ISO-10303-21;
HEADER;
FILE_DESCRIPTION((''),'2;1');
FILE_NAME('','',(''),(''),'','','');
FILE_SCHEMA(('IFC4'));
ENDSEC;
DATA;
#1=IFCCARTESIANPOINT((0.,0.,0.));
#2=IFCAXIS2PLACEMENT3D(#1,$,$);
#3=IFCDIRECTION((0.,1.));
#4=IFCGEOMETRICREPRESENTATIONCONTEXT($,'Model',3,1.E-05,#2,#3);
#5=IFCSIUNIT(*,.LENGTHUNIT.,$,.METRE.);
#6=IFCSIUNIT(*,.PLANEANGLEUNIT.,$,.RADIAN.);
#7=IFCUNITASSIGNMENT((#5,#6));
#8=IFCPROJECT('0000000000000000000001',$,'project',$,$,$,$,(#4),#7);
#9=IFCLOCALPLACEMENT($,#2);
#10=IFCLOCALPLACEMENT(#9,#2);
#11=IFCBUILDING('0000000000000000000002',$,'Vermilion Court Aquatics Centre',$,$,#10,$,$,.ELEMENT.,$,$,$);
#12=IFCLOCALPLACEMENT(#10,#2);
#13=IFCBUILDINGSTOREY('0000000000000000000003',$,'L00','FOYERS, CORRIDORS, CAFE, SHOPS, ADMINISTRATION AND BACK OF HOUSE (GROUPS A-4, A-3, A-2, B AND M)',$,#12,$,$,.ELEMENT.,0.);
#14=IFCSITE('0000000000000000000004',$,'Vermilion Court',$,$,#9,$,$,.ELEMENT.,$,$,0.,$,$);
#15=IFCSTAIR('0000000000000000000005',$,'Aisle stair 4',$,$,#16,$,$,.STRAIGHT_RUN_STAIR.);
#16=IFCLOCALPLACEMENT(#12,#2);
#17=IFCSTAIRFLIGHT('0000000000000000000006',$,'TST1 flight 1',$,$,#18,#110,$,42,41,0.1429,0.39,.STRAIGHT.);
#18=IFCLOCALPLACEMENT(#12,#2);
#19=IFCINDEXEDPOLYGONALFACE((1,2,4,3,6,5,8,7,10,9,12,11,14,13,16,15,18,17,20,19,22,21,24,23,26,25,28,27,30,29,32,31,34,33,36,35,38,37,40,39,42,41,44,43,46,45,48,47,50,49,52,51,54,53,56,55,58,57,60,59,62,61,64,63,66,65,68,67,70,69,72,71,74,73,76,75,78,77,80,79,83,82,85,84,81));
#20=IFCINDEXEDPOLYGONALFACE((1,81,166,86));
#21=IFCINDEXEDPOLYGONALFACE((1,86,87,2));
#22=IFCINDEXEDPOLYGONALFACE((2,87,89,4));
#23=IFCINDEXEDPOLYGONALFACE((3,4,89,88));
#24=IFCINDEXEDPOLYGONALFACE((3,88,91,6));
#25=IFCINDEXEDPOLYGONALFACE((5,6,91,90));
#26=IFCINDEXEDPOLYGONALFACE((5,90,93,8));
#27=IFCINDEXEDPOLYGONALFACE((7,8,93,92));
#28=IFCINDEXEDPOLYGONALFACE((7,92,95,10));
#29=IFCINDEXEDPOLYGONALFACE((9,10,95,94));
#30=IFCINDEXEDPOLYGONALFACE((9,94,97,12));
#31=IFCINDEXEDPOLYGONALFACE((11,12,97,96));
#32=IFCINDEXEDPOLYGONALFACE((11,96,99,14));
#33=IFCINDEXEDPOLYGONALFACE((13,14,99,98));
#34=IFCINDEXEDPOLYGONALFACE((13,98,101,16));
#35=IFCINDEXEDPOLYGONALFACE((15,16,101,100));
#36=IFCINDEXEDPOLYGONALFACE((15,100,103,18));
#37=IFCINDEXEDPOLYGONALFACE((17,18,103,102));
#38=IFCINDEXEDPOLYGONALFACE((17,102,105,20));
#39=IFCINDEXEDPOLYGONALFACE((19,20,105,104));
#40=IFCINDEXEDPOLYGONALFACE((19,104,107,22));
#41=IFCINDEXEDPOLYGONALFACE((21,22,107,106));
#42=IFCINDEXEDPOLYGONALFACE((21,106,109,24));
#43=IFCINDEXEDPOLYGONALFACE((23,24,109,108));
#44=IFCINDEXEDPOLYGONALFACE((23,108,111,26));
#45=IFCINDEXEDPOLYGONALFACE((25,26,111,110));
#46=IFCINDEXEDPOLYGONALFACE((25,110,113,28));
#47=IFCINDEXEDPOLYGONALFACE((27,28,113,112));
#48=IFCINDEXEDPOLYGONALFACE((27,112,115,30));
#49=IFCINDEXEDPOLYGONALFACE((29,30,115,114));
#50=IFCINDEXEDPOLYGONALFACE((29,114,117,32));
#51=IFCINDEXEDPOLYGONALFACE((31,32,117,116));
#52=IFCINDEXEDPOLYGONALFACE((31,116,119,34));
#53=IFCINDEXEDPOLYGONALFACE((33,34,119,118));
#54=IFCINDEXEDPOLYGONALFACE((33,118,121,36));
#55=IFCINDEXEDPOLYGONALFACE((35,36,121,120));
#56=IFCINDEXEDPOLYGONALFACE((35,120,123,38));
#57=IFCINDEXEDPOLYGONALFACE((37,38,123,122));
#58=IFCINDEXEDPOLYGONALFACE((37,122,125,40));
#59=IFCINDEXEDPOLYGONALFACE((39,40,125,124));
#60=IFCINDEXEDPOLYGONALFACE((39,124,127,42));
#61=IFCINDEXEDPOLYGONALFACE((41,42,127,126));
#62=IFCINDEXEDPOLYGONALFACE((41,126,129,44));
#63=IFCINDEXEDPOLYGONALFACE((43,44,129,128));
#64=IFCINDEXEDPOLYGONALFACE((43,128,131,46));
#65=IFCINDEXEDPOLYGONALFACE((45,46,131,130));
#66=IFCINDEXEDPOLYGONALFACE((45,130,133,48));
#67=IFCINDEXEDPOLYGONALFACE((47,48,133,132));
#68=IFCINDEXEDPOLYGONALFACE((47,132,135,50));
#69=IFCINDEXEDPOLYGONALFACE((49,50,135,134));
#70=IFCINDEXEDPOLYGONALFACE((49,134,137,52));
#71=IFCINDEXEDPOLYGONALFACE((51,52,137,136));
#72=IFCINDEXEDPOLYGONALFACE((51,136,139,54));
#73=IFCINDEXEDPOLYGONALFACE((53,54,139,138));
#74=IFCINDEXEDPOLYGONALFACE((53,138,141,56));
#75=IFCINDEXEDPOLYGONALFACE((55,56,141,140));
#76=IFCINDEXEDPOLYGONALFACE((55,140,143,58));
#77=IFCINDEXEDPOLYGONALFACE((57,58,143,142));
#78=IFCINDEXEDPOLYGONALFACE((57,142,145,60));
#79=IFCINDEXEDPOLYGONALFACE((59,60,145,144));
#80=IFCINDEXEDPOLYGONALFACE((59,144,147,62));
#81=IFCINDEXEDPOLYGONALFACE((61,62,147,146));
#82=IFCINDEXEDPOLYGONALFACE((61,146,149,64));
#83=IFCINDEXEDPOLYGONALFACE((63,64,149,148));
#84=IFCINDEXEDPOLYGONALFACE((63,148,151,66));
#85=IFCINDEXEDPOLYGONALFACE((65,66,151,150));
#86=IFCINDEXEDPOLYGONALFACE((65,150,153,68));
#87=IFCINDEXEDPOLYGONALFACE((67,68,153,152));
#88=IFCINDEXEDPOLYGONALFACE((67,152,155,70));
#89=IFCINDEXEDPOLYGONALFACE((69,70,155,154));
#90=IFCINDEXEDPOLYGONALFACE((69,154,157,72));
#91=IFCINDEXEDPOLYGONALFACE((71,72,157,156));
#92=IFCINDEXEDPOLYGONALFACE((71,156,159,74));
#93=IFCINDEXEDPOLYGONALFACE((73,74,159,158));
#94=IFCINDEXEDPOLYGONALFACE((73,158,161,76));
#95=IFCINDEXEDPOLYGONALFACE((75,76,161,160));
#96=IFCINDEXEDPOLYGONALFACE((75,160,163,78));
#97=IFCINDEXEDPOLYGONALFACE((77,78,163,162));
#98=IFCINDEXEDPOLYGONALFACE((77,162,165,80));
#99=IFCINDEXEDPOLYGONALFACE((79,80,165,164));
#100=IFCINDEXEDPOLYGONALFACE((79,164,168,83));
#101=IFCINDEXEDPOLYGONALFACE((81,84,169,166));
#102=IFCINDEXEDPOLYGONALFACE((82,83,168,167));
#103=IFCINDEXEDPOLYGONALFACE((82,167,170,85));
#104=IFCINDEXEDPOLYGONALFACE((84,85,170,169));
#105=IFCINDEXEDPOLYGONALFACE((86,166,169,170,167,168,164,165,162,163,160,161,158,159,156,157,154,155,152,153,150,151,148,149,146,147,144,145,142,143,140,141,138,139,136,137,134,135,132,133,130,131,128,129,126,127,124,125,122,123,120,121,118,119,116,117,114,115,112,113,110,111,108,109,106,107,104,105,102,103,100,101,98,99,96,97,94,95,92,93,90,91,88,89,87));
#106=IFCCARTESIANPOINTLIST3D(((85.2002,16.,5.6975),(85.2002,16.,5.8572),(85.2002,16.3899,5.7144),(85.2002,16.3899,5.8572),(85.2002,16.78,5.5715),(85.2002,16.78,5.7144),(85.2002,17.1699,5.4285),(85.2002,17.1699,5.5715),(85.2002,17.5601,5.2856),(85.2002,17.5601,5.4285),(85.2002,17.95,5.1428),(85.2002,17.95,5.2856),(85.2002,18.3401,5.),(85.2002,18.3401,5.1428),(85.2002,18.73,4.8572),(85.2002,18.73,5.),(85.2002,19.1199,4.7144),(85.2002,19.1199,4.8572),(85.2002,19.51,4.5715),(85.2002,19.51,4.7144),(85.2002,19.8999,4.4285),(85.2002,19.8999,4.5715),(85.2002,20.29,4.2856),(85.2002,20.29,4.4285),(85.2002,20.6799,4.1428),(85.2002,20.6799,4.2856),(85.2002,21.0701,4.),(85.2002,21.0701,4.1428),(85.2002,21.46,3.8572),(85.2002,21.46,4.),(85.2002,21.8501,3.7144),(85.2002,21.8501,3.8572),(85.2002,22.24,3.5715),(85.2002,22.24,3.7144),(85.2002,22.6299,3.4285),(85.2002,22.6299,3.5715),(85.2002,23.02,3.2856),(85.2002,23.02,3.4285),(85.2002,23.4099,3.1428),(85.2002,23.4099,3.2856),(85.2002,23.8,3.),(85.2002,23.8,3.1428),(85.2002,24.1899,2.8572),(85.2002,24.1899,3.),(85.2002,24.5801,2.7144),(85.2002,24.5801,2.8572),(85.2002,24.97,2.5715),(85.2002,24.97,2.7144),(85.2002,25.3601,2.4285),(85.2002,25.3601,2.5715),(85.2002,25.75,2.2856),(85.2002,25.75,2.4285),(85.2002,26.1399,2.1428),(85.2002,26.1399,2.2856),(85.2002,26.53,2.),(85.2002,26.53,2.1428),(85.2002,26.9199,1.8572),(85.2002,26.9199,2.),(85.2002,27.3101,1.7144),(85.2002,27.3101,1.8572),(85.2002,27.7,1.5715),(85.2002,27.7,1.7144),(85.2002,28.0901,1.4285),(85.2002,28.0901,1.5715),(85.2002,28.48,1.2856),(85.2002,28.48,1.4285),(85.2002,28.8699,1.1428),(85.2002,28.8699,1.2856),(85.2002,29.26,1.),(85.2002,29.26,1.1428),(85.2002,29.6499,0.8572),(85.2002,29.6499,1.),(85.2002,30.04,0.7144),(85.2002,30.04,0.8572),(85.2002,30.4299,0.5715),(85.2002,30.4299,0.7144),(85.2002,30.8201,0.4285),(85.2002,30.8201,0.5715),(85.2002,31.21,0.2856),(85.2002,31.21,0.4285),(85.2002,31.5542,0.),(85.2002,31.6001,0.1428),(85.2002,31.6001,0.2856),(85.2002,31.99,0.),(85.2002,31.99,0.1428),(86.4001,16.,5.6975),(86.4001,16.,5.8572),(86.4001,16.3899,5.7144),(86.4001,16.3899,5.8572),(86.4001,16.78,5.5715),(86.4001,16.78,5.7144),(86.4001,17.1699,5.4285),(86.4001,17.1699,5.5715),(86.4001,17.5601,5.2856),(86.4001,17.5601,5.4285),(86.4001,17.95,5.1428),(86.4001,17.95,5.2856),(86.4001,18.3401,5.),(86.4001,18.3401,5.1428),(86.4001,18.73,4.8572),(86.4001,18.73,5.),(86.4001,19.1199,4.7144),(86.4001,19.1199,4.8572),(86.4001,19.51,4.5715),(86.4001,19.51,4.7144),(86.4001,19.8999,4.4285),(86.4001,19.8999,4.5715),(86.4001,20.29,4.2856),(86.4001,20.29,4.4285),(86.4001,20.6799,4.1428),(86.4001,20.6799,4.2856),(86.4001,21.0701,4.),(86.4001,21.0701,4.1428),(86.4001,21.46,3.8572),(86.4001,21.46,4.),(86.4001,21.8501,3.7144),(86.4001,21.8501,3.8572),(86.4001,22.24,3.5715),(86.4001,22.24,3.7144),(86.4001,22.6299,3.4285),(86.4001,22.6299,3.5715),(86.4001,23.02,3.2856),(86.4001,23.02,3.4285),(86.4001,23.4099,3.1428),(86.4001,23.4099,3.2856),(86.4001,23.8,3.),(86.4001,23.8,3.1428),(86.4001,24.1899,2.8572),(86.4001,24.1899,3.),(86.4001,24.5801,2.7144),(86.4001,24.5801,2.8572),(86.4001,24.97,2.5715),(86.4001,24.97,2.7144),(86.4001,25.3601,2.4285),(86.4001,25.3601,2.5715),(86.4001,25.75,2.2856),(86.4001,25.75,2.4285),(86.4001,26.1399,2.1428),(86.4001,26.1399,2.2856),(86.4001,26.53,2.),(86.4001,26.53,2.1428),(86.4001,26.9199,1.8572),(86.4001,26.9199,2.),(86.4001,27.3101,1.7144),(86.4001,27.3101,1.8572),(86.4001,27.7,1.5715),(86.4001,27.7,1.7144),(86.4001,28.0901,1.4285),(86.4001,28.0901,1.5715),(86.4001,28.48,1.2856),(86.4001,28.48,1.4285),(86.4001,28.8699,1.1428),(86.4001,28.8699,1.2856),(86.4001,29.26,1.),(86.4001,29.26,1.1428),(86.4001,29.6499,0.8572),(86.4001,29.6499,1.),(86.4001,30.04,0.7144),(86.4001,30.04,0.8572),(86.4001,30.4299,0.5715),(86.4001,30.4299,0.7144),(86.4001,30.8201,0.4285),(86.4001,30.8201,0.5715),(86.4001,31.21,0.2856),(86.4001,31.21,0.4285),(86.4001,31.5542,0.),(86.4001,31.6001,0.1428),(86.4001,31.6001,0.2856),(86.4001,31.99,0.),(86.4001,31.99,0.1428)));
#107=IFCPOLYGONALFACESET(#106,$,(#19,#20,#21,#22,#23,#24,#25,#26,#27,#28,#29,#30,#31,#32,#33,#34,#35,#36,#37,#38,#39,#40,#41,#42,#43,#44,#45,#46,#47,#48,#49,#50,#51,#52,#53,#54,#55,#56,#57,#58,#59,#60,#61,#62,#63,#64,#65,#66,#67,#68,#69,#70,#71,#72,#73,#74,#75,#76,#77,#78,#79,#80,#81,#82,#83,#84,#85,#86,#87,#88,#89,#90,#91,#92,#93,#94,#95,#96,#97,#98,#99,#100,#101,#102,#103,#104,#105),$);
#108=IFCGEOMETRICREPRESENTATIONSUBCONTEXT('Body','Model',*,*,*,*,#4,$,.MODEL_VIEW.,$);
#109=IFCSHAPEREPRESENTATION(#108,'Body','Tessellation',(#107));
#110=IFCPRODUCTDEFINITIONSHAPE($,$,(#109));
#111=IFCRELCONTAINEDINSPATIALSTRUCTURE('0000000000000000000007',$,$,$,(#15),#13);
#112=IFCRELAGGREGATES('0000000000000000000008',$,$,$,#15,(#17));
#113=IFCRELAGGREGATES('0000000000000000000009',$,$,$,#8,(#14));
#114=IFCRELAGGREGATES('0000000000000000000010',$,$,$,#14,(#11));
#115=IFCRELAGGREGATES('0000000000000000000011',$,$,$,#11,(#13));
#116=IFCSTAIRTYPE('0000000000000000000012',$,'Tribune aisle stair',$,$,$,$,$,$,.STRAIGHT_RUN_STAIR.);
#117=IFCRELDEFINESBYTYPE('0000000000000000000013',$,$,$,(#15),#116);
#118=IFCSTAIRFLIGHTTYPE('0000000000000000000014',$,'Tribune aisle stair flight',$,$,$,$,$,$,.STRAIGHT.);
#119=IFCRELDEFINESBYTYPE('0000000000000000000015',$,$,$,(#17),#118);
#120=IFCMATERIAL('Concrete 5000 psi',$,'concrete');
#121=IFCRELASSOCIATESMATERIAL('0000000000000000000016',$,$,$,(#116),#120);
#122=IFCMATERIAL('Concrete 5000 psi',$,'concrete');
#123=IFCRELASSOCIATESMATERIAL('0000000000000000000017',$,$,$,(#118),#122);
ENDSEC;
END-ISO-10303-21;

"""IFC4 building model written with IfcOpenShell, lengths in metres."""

from ifc_helpers import new_model, si_unit, direction, frame, origin, place, context, subcontext, project, spatial, polyline, outline, extrude, material, type_object, element, aggregate, save


model = new_model("IFC4")

# Units and contexts
model_context = context("Model", 3, precision=1e-05, world=origin(), true_north=direction((0.0, 1.0)))
body_context = subcontext(model_context, "Body", "Model", "MODEL_VIEW")
ifc_project = project(units=[si_unit("LENGTHUNIT", "METRE"), si_unit("PLANEANGLEUNIT", "RADIAN")], contexts=[model_context])

# Site, building, storey
site_placement = place(None, origin())
site = spatial("IfcSite", under=ifc_project, at=site_placement, Name="Vermilion Court", CompositionType="ELEMENT", RefElevation=0.0)
building_placement = place(site_placement, origin())
building = spatial("IfcBuilding", under=site, at=building_placement, Name="Vermilion Court Aquatics Centre", CompositionType="ELEMENT")
storey_placement = place(building_placement, origin())
storey = spatial("IfcBuildingStorey", under=building, at=storey_placement, Name="L00", Description="FOYERS, CORRIDORS, CAFE, SHOPS, ADMINISTRATION AND BACK OF HOUSE (GROUPS A-4, A-3, A-2, B AND M)", CompositionType="ELEMENT", Elevation=0.0)

# Stair, stair flight
ifc_material_1 = material(Name="Concrete 5000 psi", Category="concrete")
stair_type = type_object("IfcStairType", Name="Tribune aisle stair", PredefinedType="STRAIGHT_RUN_STAIR", material=ifc_material_1)
stair_placement = place(storey_placement, origin())
stair = element("IfcStair", 1, at=stair_placement, inside=storey, type_object=stair_type, Name="Aisle stair 4", PredefinedType="STRAIGHT_RUN_STAIR")
ifc_material_2 = material(Name="Concrete 5000 psi", Category="concrete")
stair_flight_type = type_object("IfcStairFlightType", Name="Tribune aisle stair flight", PredefinedType="STRAIGHT", material=ifc_material_2)
stair_flight_placement = place(storey_placement, frame((85.8, 31.99, 0.0), z_axis=(0.0, 0.0, 1.0), x_axis=(0.0, -1.0, 0.0)))
stair_flight = element("IfcStairFlight", 2, at=stair_flight_placement, type_object=stair_flight_type, Name="TST1 flight 1", NumberOfRisers=42, NumberOfTreads=41, PredefinedType="STRAIGHT", RiserHeight=0.1429, TreadLength=0.39, context=body_context, shape_type="SweptSolid", body=[
    extrude(outline(polyline([(0.0, 0.0), (0.0, 0.1428), (0.3899, 0.1428), (0.3899, 0.2856), (0.78, 0.2856), (0.78, 0.4285), (1.1699, 0.4285), (1.1699, 0.5715), (1.5601, 0.5715), (1.5601, 0.7144), (1.95, 0.7144), (1.95, 0.8572), (2.3401, 0.8572), (2.3401, 1.0), (2.73, 1.0), (2.73, 1.1428), (3.1201, 1.1428), (3.1201, 1.2856), (3.51, 1.2856), (3.51, 1.4285), (3.8999, 1.4285), (3.8999, 1.5715), (4.29, 1.5715), (4.29, 1.7144), (4.6799, 1.7144), (4.6799, 1.8572), (5.0701, 1.8572), (5.0701, 2.0), (5.46, 2.0), (5.46, 2.1428), (5.8501, 2.1428), (5.8501, 2.2856), (6.24, 2.2856), (6.24, 2.4285), (6.6299, 2.4285), (6.6299, 2.5715), (7.02, 2.5715), (7.02, 2.7144), (7.4099, 2.7144), (7.4099, 2.8572), (7.8, 2.8572), (7.8, 3.0), (8.1899, 3.0), (8.1899, 3.1428), (8.5801, 3.1428), (8.5801, 3.2856), (8.97, 3.2856), (8.97, 3.4285), (9.3601, 3.4285), (9.3601, 3.5715), (9.75, 3.5715), (9.75, 3.7144), (10.1399, 3.7144), (10.1399, 3.8572), (10.53, 3.8572), (10.53, 4.0), (10.9199, 4.0), (10.9199, 4.1428), (11.3101, 4.1428), (11.3101, 4.2856), (11.7, 4.2856), (11.7, 4.4285), (12.0901, 4.4285), (12.0901, 4.5715), (12.48, 4.5715), (12.48, 4.7144), (12.8701, 4.7144), (12.8701, 4.8572), (13.26, 4.8572), (13.26, 5.0), (13.6499, 5.0), (13.6499, 5.1428), (14.04, 5.1428), (14.04, 5.2856), (14.4299, 5.2856), (14.4299, 5.4285), (14.8201, 5.4285), (14.8201, 5.5715), (15.21, 5.5715), (15.21, 5.7144), (15.6001, 5.7144), (15.6001, 5.8572), (15.99, 5.8572), (15.99, 6.0), (15.99, 5.6975), (0.4358, 0.0), (0.0, 0.0)])), frame((0.0, 0.6001, 0.0), z_axis=(0.0, -1.0, 0.0), x_axis=(1.0, 0.0, 0.0)), (0.0, 0.0, 1.0), 1.2),
])
aggregate(stair, [stair_flight])

save(model, "model.ifc")
